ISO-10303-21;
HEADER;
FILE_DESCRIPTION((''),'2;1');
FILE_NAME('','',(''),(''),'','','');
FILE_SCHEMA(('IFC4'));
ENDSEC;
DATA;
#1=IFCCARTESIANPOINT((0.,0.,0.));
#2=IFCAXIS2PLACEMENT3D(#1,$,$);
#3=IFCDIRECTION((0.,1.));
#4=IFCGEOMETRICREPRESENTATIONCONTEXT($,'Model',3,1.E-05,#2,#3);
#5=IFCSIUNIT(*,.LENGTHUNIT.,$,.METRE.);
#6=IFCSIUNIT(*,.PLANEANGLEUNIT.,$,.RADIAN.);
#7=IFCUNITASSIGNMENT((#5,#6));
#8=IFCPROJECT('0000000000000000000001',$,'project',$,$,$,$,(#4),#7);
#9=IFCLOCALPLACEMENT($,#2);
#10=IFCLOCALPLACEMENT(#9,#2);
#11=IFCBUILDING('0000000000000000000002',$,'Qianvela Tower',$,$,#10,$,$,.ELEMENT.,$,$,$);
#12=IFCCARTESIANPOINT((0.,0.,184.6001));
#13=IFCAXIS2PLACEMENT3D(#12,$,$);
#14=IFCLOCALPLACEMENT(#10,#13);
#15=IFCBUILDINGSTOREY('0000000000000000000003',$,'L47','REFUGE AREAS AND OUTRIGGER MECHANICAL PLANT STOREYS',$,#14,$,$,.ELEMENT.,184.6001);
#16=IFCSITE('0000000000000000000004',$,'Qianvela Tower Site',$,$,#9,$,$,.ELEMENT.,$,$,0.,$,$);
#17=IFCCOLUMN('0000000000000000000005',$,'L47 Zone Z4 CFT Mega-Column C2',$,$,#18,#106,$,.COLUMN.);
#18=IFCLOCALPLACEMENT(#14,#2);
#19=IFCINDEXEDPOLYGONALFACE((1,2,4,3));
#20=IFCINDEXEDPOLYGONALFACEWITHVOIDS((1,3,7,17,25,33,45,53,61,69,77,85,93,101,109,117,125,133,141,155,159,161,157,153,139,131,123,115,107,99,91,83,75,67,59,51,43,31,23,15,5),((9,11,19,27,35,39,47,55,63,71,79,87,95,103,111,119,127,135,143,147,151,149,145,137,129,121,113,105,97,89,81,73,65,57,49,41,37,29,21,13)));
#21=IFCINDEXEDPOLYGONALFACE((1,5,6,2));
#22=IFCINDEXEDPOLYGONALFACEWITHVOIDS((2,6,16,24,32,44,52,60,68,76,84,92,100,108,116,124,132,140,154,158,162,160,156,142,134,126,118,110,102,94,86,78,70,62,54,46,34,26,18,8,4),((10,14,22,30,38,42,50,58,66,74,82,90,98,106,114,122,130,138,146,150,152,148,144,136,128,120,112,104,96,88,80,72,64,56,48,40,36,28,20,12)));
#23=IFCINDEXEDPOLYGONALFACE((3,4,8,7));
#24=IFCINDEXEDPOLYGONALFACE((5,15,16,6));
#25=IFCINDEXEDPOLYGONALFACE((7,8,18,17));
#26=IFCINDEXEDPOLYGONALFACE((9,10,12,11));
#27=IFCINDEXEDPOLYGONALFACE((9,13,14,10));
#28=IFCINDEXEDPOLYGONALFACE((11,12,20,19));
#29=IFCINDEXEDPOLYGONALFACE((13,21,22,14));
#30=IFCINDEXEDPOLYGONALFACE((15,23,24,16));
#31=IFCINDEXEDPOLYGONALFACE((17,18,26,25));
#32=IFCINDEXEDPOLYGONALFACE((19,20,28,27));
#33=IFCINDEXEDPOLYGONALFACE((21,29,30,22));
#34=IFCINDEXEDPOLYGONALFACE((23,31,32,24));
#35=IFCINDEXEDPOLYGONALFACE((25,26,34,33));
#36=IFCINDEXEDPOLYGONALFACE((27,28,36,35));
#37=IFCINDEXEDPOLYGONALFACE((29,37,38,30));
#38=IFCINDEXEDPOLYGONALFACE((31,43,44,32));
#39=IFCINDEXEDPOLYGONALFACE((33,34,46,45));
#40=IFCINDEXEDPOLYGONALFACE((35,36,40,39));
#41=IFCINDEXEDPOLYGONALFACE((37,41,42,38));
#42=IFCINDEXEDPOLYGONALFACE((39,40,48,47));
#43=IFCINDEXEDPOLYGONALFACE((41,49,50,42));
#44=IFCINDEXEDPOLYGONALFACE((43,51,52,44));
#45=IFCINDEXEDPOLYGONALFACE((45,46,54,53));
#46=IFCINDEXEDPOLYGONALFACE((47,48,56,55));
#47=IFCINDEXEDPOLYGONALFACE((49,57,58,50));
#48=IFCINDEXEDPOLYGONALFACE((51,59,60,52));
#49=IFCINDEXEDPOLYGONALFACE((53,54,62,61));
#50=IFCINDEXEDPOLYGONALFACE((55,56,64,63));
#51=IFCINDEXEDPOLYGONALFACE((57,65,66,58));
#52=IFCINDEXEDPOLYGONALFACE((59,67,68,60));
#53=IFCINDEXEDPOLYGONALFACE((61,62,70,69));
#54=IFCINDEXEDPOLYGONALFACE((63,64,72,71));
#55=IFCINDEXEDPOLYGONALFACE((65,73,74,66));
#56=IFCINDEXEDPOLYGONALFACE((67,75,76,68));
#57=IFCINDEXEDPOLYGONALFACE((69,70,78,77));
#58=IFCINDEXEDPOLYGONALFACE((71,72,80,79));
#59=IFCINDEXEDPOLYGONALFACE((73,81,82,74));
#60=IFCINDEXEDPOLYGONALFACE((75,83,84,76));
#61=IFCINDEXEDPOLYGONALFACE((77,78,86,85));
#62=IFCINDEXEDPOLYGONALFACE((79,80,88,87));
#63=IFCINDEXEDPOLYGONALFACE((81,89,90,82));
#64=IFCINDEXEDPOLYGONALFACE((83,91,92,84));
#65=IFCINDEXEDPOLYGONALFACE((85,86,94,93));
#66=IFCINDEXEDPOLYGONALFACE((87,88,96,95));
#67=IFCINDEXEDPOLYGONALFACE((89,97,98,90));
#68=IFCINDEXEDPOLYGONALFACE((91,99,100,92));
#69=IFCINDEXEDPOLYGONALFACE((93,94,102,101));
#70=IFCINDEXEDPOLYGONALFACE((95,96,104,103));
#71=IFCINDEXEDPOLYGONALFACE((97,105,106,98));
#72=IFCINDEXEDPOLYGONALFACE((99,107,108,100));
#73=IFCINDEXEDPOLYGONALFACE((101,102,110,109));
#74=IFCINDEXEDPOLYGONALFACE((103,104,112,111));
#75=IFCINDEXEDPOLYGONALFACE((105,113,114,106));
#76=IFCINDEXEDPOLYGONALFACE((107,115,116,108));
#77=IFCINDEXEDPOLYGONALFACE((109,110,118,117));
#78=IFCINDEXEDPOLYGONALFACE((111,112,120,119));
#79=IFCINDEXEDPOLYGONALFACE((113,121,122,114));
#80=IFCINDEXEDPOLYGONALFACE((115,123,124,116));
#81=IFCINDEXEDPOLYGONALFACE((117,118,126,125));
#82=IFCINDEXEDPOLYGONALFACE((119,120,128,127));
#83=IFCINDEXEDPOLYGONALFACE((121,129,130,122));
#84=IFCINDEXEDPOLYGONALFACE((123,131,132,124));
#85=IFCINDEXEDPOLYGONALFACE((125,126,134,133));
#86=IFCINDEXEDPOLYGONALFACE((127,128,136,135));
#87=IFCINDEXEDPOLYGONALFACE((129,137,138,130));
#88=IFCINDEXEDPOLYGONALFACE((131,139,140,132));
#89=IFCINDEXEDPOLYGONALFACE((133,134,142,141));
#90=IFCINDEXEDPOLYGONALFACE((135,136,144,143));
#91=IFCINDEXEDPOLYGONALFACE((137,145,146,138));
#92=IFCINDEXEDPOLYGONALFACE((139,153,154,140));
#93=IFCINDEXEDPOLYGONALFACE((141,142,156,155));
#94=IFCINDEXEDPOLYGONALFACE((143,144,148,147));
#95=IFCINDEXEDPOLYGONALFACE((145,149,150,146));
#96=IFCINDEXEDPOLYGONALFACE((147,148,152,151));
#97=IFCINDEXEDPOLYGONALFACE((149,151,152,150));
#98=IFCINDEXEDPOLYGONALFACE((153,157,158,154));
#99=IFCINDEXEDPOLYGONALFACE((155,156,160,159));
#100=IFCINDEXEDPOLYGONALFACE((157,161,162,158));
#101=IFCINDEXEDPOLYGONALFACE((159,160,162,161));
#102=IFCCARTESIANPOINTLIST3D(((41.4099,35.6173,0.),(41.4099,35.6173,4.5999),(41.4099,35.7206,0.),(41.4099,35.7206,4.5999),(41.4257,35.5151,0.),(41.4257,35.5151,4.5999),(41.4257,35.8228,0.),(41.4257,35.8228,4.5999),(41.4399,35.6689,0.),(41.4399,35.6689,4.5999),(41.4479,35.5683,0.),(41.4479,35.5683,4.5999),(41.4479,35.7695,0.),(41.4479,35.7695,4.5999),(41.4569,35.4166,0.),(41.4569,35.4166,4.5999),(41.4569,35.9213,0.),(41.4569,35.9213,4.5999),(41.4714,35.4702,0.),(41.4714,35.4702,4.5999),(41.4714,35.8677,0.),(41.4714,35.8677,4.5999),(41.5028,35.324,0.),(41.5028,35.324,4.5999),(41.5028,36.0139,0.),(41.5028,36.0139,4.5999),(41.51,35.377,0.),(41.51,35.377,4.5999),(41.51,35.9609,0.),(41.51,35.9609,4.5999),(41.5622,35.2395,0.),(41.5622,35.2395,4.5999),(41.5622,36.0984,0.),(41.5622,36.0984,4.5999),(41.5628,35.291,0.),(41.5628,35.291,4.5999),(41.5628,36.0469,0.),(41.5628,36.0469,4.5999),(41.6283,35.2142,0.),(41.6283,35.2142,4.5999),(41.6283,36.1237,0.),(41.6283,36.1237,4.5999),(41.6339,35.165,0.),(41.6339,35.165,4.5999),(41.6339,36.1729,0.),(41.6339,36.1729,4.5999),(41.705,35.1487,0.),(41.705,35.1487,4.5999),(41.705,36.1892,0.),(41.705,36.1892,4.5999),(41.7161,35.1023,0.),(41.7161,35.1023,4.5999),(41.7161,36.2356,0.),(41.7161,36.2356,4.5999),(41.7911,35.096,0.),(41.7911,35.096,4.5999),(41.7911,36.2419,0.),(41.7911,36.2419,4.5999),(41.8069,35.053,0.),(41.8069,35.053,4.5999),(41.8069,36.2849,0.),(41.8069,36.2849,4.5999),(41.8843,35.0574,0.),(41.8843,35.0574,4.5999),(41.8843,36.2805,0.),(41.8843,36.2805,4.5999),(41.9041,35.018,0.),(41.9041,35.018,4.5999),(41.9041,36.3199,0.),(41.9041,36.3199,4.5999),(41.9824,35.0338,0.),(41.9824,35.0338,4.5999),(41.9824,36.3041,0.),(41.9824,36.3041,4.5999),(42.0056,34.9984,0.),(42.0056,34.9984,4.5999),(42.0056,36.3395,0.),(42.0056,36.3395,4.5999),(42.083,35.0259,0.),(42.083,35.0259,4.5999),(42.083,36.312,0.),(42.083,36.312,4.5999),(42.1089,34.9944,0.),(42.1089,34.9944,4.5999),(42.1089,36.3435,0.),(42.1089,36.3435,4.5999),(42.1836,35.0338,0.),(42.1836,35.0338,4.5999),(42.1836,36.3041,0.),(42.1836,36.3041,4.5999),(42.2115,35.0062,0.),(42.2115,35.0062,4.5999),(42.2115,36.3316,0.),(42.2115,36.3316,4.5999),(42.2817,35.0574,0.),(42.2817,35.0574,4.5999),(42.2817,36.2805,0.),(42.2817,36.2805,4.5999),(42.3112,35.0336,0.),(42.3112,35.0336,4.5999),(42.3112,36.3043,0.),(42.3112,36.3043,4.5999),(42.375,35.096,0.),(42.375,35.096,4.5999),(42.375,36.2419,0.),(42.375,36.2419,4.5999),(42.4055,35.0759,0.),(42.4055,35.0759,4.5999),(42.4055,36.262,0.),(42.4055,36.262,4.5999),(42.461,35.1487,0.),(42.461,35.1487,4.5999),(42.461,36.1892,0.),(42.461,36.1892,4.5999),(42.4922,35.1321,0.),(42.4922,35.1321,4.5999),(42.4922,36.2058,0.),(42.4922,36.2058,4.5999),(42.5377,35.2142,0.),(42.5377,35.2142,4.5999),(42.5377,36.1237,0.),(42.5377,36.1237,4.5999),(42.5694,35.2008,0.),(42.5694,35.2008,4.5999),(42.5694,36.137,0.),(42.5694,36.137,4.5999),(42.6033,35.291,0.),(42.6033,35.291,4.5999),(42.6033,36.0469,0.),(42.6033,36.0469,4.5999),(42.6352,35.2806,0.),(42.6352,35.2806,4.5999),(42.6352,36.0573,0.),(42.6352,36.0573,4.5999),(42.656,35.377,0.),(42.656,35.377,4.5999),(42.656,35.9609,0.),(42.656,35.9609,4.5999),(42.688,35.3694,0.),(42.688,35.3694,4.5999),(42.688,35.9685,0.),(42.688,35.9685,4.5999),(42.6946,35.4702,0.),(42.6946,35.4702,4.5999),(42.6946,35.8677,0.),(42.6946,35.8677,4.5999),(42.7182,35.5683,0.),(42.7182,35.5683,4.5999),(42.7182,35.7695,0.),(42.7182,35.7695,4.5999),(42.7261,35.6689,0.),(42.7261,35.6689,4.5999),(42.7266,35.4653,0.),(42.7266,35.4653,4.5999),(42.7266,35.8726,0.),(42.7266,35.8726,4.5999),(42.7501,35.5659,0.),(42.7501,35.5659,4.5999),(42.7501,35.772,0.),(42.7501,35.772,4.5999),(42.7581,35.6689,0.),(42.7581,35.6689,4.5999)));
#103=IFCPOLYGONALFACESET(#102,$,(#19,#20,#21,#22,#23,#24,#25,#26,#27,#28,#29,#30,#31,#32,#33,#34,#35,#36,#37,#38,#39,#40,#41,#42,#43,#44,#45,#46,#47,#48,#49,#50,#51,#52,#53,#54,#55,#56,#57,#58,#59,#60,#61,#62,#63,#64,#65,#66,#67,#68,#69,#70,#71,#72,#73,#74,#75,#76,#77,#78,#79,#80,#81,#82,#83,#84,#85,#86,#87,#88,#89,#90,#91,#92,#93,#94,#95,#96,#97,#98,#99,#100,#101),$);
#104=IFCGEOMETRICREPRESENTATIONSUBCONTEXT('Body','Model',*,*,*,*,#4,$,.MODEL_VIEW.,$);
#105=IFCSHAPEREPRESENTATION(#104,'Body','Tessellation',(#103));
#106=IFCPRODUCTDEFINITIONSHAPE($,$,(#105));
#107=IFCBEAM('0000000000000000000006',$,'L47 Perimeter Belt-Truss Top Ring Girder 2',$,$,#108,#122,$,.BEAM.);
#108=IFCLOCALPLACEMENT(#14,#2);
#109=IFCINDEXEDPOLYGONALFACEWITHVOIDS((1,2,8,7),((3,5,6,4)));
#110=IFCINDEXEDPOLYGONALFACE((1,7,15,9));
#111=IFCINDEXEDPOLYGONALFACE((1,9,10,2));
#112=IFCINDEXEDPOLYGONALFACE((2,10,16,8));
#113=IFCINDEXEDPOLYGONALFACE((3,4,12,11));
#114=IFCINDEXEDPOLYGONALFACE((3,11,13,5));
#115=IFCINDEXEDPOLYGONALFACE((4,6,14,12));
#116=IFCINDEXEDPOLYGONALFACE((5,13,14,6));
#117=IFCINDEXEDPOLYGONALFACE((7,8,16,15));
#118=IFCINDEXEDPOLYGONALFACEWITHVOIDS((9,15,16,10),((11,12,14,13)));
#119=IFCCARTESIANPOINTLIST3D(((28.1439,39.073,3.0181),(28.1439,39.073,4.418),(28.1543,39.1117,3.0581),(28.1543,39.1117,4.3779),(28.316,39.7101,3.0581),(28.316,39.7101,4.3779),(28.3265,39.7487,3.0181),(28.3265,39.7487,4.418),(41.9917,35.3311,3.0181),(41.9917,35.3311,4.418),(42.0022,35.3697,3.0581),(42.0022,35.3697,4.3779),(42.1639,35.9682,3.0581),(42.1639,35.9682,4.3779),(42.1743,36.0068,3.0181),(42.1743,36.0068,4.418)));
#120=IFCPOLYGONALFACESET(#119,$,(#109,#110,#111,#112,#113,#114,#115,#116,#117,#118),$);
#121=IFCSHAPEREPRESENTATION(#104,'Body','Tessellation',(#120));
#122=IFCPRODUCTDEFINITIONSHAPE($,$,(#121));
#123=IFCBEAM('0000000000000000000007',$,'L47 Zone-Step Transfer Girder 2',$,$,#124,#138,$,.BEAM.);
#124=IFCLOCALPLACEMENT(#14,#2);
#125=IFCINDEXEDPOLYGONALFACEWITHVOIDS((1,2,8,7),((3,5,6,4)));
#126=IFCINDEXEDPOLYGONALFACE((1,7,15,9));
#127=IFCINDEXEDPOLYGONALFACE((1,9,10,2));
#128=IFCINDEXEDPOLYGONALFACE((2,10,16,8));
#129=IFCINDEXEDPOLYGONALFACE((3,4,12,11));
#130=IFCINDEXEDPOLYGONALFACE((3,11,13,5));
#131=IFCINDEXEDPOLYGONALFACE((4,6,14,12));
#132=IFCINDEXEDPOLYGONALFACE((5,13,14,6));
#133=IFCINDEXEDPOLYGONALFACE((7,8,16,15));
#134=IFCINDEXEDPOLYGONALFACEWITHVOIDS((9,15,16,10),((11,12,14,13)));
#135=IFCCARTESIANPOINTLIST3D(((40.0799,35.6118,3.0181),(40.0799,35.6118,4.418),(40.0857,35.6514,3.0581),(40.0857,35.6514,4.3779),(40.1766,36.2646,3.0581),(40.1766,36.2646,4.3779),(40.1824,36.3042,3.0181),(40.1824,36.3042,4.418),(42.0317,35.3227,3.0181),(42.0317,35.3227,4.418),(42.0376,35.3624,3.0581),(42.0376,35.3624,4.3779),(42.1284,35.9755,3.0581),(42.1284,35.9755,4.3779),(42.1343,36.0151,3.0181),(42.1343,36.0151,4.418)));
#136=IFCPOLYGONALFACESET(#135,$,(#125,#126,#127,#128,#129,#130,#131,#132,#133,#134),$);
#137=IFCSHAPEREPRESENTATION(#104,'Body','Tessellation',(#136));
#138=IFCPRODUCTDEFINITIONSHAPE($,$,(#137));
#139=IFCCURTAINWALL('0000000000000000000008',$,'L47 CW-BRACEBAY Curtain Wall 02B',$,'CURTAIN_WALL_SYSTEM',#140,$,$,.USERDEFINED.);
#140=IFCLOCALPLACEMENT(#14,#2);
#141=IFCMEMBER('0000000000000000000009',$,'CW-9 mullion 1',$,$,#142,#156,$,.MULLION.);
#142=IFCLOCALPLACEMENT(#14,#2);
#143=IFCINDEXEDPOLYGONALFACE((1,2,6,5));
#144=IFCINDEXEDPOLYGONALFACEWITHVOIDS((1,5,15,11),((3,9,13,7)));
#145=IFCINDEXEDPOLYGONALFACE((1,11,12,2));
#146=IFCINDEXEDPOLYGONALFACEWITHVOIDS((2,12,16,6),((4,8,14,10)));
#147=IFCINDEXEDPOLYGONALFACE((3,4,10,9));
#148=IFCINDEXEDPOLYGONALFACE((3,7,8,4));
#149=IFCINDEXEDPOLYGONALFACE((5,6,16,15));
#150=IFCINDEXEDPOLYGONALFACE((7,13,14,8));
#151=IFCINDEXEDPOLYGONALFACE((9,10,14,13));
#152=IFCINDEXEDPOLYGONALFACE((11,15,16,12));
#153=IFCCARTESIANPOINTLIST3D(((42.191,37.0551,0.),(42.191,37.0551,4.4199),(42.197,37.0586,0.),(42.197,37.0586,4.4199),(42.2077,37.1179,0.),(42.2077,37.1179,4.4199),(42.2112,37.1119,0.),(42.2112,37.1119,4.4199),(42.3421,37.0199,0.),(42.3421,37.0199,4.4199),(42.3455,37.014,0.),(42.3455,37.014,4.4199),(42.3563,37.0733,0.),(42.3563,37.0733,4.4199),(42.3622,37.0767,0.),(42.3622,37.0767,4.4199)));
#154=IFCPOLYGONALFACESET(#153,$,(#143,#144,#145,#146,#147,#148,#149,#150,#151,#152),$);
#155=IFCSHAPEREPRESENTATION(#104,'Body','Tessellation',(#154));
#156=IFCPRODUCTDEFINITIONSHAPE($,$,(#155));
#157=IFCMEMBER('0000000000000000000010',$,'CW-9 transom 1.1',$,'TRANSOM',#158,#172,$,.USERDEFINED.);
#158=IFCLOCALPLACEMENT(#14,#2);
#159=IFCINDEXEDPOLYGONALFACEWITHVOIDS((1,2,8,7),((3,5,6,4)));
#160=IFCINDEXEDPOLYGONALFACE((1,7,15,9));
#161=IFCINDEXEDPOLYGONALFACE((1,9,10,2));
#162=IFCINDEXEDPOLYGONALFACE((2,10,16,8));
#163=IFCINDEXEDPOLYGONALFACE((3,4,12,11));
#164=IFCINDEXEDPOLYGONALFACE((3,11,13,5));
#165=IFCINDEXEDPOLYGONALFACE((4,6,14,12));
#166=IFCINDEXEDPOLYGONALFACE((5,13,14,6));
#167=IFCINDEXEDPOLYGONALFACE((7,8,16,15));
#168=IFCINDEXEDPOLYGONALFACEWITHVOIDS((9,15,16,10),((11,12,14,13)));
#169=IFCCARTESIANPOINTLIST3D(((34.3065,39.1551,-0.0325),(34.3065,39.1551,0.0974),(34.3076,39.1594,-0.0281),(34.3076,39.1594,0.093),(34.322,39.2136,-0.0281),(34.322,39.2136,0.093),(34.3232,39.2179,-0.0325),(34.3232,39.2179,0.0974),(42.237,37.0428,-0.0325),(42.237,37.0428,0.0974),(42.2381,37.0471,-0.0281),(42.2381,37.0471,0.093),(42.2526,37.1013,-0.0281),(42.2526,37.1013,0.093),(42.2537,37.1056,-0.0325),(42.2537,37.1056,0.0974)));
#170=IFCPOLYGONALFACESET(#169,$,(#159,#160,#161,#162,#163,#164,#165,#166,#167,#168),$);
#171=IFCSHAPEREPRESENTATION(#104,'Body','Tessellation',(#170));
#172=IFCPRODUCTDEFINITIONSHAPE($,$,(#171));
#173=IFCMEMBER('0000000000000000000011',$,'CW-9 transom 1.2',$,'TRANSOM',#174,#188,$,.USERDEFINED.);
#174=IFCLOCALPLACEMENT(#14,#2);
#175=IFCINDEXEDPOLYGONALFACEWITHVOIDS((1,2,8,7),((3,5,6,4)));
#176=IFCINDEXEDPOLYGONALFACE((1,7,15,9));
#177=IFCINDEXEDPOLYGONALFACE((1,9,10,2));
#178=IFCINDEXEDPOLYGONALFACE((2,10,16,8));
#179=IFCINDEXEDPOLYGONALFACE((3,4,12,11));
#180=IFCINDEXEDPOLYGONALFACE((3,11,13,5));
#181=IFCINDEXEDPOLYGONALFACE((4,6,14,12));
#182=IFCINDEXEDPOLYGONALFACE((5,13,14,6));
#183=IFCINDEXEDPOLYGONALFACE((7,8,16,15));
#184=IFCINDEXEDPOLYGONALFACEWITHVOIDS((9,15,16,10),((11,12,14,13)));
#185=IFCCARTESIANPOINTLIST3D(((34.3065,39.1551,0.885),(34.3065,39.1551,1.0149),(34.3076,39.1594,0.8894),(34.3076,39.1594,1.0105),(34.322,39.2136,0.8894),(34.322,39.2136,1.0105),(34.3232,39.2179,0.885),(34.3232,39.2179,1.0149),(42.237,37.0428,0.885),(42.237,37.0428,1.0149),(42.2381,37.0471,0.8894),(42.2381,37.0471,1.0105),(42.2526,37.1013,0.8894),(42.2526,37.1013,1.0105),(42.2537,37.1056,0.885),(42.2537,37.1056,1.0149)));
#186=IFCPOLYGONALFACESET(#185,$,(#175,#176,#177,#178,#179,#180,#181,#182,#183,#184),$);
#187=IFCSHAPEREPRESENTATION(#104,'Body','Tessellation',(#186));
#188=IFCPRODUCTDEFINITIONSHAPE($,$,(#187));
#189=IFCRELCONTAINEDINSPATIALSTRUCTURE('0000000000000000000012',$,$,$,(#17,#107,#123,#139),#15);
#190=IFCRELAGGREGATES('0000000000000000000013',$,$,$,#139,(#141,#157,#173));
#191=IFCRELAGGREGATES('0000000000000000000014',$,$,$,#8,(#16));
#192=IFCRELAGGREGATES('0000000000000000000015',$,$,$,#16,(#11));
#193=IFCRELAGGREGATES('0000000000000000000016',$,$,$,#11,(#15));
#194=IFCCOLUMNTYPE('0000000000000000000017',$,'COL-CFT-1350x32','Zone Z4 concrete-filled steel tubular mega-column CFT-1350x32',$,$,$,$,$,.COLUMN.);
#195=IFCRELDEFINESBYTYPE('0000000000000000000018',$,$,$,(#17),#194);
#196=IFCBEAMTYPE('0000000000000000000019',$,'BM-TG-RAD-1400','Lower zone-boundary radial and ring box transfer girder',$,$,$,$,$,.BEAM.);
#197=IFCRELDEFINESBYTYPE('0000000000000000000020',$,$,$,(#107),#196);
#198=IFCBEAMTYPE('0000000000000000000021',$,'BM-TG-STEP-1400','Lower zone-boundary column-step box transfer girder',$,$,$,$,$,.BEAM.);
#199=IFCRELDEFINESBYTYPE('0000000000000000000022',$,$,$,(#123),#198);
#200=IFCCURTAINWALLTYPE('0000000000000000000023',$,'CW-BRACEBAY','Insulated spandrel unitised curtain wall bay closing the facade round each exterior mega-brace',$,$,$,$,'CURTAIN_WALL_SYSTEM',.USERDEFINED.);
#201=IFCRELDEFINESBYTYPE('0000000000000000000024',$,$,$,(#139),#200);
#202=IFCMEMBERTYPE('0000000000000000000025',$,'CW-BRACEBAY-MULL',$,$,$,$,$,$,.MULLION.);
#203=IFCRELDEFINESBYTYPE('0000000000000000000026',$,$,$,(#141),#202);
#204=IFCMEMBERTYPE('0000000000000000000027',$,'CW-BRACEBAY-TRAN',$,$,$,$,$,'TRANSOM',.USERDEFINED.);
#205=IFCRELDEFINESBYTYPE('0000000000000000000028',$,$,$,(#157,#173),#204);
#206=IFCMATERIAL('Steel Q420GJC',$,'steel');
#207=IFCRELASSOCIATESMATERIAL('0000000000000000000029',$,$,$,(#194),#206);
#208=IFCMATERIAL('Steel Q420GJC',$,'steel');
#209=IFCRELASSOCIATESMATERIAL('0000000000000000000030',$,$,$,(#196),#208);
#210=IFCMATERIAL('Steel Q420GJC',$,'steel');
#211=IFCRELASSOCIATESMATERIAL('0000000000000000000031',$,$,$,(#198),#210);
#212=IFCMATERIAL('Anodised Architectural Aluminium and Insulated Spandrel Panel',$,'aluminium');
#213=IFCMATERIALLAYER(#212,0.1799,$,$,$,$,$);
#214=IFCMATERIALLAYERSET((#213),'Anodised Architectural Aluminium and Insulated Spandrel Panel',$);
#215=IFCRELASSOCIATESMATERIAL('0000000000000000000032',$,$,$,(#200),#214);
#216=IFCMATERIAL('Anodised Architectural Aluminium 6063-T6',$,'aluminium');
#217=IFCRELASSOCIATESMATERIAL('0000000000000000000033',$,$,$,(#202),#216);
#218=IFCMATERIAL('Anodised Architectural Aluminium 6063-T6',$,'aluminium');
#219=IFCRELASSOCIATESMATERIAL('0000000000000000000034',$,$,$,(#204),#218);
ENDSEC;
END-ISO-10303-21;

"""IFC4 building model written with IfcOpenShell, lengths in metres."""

from ifc_helpers import new_model, si_unit, direction, frame, origin, origin_2d, place, context, subcontext, project, spatial, hollow_rectangle, hollow_circle, extrude, material, layer, layer_set, material_profile, profile_set, type_object, element, aggregate, save


model = new_model("IFC4")

# Units and contexts
model_context = context("Model", 3, precision=1e-05, world=origin(), true_north=direction((0.0, 1.0)))
body_context = subcontext(model_context, "Body", "Model", "MODEL_VIEW")
ifc_project = project(units=[si_unit("LENGTHUNIT", "METRE"), si_unit("PLANEANGLEUNIT", "RADIAN")], contexts=[model_context])

# Site, building, storey
site_placement = place(None, origin())
site = spatial("IfcSite", under=ifc_project, at=site_placement, Name="Qianvela Tower Site", CompositionType="ELEMENT", RefElevation=0.0)
building_placement = place(site_placement, origin())
building = spatial("IfcBuilding", under=site, at=building_placement, Name="Qianvela Tower", CompositionType="ELEMENT")
storey_placement = place(building_placement, frame((0.0, 0.0, 184.6001)))
storey = spatial("IfcBuildingStorey", under=building, at=storey_placement, Name="L47", Description="REFUGE AREAS AND OUTRIGGER MECHANICAL PLANT STOREYS", CompositionType="ELEMENT", Elevation=184.6001)

# Column
ifc_material_1 = material(Name="Steel Q420GJC", Category="steel")
ifc_material_profile_1 = material_profile(ifc_material_1, hollow_circle(Radius=0.675, WallThickness=0.032, at=origin_2d()), Name="CFT-1350x32")
ifc_profile_set_1 = profile_set([ifc_material_profile_1], Name="Steel Q420GJC")
column_type = type_object("IfcColumnType", Name="COL-CFT-1350x32", Description="Zone Z4 concrete-filled steel tubular mega-column CFT-1350x32", PredefinedType="COLUMN", material=ifc_profile_set_1)
column_placement = place(storey_placement, frame((42.083, 35.6689, 0.0), z_axis=(0.0, 0.0, 1.0), x_axis=(1.0, 0.0, 0.0)))
element("IfcColumn", 1, at=column_placement, inside=storey, type_object=column_type, Name="L47 Zone Z4 CFT Mega-Column C2", PredefinedType="COLUMN", context=body_context, shape_type="SweptSolid", body=[
    extrude(hollow_circle(Radius=0.675, WallThickness=0.032, at=origin_2d()), origin(), (0.0, 0.0, 1.0), 4.5999),
])

# Beams
ifc_material_2 = material(Name="Steel Q420GJC", Category="steel")
ifc_material_profile_2 = material_profile(ifc_material_2, hollow_rectangle(XDim=0.7, YDim=1.3999, WallThickness=0.04, at=origin_2d()), Name="TG-BOX-1400x700x40")
ifc_profile_set_2 = profile_set([ifc_material_profile_2], Name="Steel Q420GJC")
beam_type_1 = type_object("IfcBeamType", Name="BM-TG-RAD-1400", Description="Lower zone-boundary radial and ring box transfer girder", PredefinedType="BEAM", material=ifc_profile_set_2)
beam_1_placement = place(storey_placement, frame((42.083, 35.6689, 3.718), z_axis=(-0.965376, 0.260861, 0.0), x_axis=(-0.260861, -0.965376, 0.0)))
element("IfcBeam", 2, at=beam_1_placement, inside=storey, type_object=beam_type_1, Name="L47 Perimeter Belt-Truss Top Ring Girder 2", PredefinedType="BEAM", context=body_context, shape_type="SweptSolid", body=[
    extrude(hollow_rectangle(XDim=0.7, YDim=1.3999, WallThickness=0.04, at=origin_2d()), origin(), (0.0, 0.0, 1.0), 14.3445),
])
ifc_material_3 = material(Name="Steel Q420GJC", Category="steel")
ifc_material_profile_3 = material_profile(ifc_material_3, hollow_rectangle(XDim=0.7, YDim=1.3999, WallThickness=0.04, at=origin_2d()), Name="TG-BOX-1400x700x40")
ifc_profile_set_3 = profile_set([ifc_material_profile_3], Name="Steel Q420GJC")
beam_type_2 = type_object("IfcBeamType", Name="BM-TG-STEP-1400", Description="Lower zone-boundary column-step box transfer girder", PredefinedType="BEAM", material=ifc_profile_set_3)
beam_2_placement = place(storey_placement, frame((42.083, 35.6689, 3.718), z_axis=(-0.989211, 0.146495, 0.0), x_axis=(-0.146495, -0.989211, 0.0)))
element("IfcBeam", 3, at=beam_2_placement, inside=storey, type_object=beam_type_2, Name="L47 Zone-Step Transfer Girder 2", PredefinedType="BEAM", context=body_context, shape_type="SweptSolid", body=[
    extrude(hollow_rectangle(XDim=0.7, YDim=1.3999, WallThickness=0.04, at=origin_2d()), origin(), (0.0, 0.0, 1.0), 1.9731),
])

# Curtain wall, members
ifc_material_4 = material(Name="Anodised Architectural Aluminium and Insulated Spandrel Panel", Category="aluminium")
ifc_layer_1 = layer(ifc_material_4, 0.1799)
ifc_layer_set_1 = layer_set([ifc_layer_1], Name="Anodised Architectural Aluminium and Insulated Spandrel Panel")
curtain_wall_type_1 = type_object("IfcCurtainWallType", Name="CW-BRACEBAY", Description="Insulated spandrel unitised curtain wall bay closing the facade round each exterior mega-brace", ElementType="CURTAIN_WALL_SYSTEM", PredefinedType="USERDEFINED", material=ifc_layer_set_1)
curtain_wall_1_placement = place(storey_placement, origin())
curtain_wall_1 = element("IfcCurtainWall", 4, at=curtain_wall_1_placement, inside=storey, type_object=curtain_wall_type_1, Name="L47 CW-BRACEBAY Curtain Wall 02B", ObjectType="CURTAIN_WALL_SYSTEM", PredefinedType="USERDEFINED")
ifc_material_5 = material(Name="Anodised Architectural Aluminium 6063-T6", Category="aluminium")
ifc_material_profile_4 = material_profile(ifc_material_5, hollow_rectangle(XDim=0.0649, YDim=0.1599, WallThickness=0.0049, at=origin_2d()), Name="ALU-MULL-65x160")
ifc_profile_set_4 = profile_set([ifc_material_profile_4], Name="Anodised Architectural Aluminium 6063-T6")
member_type_1 = type_object("IfcMemberType", Name="CW-BRACEBAY-MULL", PredefinedType="MULLION", material=ifc_profile_set_4)
member_1_placement = place(storey_placement, frame((42.2766, 37.0659, 0.0), z_axis=(0.0, 0.0, 1.0), x_axis=(-0.257351, -0.966318, 0.0)))
member_1 = element("IfcMember", 5, at=member_1_placement, type_object=member_type_1, Name="CW-9 mullion 1", PredefinedType="MULLION", context=body_context, shape_type="SweptSolid", body=[
    extrude(hollow_rectangle(XDim=0.0649, YDim=0.1599, WallThickness=0.0049, at=origin_2d()), origin(), (0.0, 0.0, 1.0), 4.4199),
])
ifc_material_6 = material(Name="Anodised Architectural Aluminium 6063-T6", Category="aluminium")
ifc_material_profile_5 = material_profile(ifc_material_6, hollow_rectangle(XDim=0.0649, YDim=0.1299, WallThickness=0.0044, at=origin_2d()), Name="ALU-TRAN-65x130")
ifc_profile_set_5 = profile_set([ifc_material_profile_5], Name="Anodised Architectural Aluminium 6063-T6")
member_type_2 = type_object("IfcMemberType", Name="CW-BRACEBAY-TRAN", ElementType="TRANSOM", PredefinedType="USERDEFINED", material=ifc_profile_set_5)
member_2_placement = place(storey_placement, frame((42.2454, 37.0742, 0.0325), z_axis=(-0.966312, 0.257374, 0.0), x_axis=(-0.257374, -0.966312, 0.0)))
member_2 = element("IfcMember", 6, at=member_2_placement, type_object=member_type_2, Name="CW-9 transom 1.1", ObjectType="TRANSOM", PredefinedType="USERDEFINED", context=body_context, shape_type="SweptSolid", body=[
    extrude(hollow_rectangle(XDim=0.0649, YDim=0.1299, WallThickness=0.0044, at=origin_2d()), origin(), (0.0, 0.0, 1.0), 8.207),
])
member_3_placement = place(storey_placement, frame((42.2454, 37.0742, 0.95), z_axis=(-0.966312, 0.257374, 0.0), x_axis=(-0.257374, -0.966312, 0.0)))
member_3 = element("IfcMember", 7, at=member_3_placement, type_object=member_type_2, Name="CW-9 transom 1.2", ObjectType="TRANSOM", PredefinedType="USERDEFINED", context=body_context, shape_type="SweptSolid", body=[
    extrude(hollow_rectangle(XDim=0.0649, YDim=0.1299, WallThickness=0.0044, at=origin_2d()), origin(), (0.0, 0.0, 1.0), 8.207),
])
aggregate(curtain_wall_1, [member_1, member_2, member_3])

save(model, "model.ifc")
